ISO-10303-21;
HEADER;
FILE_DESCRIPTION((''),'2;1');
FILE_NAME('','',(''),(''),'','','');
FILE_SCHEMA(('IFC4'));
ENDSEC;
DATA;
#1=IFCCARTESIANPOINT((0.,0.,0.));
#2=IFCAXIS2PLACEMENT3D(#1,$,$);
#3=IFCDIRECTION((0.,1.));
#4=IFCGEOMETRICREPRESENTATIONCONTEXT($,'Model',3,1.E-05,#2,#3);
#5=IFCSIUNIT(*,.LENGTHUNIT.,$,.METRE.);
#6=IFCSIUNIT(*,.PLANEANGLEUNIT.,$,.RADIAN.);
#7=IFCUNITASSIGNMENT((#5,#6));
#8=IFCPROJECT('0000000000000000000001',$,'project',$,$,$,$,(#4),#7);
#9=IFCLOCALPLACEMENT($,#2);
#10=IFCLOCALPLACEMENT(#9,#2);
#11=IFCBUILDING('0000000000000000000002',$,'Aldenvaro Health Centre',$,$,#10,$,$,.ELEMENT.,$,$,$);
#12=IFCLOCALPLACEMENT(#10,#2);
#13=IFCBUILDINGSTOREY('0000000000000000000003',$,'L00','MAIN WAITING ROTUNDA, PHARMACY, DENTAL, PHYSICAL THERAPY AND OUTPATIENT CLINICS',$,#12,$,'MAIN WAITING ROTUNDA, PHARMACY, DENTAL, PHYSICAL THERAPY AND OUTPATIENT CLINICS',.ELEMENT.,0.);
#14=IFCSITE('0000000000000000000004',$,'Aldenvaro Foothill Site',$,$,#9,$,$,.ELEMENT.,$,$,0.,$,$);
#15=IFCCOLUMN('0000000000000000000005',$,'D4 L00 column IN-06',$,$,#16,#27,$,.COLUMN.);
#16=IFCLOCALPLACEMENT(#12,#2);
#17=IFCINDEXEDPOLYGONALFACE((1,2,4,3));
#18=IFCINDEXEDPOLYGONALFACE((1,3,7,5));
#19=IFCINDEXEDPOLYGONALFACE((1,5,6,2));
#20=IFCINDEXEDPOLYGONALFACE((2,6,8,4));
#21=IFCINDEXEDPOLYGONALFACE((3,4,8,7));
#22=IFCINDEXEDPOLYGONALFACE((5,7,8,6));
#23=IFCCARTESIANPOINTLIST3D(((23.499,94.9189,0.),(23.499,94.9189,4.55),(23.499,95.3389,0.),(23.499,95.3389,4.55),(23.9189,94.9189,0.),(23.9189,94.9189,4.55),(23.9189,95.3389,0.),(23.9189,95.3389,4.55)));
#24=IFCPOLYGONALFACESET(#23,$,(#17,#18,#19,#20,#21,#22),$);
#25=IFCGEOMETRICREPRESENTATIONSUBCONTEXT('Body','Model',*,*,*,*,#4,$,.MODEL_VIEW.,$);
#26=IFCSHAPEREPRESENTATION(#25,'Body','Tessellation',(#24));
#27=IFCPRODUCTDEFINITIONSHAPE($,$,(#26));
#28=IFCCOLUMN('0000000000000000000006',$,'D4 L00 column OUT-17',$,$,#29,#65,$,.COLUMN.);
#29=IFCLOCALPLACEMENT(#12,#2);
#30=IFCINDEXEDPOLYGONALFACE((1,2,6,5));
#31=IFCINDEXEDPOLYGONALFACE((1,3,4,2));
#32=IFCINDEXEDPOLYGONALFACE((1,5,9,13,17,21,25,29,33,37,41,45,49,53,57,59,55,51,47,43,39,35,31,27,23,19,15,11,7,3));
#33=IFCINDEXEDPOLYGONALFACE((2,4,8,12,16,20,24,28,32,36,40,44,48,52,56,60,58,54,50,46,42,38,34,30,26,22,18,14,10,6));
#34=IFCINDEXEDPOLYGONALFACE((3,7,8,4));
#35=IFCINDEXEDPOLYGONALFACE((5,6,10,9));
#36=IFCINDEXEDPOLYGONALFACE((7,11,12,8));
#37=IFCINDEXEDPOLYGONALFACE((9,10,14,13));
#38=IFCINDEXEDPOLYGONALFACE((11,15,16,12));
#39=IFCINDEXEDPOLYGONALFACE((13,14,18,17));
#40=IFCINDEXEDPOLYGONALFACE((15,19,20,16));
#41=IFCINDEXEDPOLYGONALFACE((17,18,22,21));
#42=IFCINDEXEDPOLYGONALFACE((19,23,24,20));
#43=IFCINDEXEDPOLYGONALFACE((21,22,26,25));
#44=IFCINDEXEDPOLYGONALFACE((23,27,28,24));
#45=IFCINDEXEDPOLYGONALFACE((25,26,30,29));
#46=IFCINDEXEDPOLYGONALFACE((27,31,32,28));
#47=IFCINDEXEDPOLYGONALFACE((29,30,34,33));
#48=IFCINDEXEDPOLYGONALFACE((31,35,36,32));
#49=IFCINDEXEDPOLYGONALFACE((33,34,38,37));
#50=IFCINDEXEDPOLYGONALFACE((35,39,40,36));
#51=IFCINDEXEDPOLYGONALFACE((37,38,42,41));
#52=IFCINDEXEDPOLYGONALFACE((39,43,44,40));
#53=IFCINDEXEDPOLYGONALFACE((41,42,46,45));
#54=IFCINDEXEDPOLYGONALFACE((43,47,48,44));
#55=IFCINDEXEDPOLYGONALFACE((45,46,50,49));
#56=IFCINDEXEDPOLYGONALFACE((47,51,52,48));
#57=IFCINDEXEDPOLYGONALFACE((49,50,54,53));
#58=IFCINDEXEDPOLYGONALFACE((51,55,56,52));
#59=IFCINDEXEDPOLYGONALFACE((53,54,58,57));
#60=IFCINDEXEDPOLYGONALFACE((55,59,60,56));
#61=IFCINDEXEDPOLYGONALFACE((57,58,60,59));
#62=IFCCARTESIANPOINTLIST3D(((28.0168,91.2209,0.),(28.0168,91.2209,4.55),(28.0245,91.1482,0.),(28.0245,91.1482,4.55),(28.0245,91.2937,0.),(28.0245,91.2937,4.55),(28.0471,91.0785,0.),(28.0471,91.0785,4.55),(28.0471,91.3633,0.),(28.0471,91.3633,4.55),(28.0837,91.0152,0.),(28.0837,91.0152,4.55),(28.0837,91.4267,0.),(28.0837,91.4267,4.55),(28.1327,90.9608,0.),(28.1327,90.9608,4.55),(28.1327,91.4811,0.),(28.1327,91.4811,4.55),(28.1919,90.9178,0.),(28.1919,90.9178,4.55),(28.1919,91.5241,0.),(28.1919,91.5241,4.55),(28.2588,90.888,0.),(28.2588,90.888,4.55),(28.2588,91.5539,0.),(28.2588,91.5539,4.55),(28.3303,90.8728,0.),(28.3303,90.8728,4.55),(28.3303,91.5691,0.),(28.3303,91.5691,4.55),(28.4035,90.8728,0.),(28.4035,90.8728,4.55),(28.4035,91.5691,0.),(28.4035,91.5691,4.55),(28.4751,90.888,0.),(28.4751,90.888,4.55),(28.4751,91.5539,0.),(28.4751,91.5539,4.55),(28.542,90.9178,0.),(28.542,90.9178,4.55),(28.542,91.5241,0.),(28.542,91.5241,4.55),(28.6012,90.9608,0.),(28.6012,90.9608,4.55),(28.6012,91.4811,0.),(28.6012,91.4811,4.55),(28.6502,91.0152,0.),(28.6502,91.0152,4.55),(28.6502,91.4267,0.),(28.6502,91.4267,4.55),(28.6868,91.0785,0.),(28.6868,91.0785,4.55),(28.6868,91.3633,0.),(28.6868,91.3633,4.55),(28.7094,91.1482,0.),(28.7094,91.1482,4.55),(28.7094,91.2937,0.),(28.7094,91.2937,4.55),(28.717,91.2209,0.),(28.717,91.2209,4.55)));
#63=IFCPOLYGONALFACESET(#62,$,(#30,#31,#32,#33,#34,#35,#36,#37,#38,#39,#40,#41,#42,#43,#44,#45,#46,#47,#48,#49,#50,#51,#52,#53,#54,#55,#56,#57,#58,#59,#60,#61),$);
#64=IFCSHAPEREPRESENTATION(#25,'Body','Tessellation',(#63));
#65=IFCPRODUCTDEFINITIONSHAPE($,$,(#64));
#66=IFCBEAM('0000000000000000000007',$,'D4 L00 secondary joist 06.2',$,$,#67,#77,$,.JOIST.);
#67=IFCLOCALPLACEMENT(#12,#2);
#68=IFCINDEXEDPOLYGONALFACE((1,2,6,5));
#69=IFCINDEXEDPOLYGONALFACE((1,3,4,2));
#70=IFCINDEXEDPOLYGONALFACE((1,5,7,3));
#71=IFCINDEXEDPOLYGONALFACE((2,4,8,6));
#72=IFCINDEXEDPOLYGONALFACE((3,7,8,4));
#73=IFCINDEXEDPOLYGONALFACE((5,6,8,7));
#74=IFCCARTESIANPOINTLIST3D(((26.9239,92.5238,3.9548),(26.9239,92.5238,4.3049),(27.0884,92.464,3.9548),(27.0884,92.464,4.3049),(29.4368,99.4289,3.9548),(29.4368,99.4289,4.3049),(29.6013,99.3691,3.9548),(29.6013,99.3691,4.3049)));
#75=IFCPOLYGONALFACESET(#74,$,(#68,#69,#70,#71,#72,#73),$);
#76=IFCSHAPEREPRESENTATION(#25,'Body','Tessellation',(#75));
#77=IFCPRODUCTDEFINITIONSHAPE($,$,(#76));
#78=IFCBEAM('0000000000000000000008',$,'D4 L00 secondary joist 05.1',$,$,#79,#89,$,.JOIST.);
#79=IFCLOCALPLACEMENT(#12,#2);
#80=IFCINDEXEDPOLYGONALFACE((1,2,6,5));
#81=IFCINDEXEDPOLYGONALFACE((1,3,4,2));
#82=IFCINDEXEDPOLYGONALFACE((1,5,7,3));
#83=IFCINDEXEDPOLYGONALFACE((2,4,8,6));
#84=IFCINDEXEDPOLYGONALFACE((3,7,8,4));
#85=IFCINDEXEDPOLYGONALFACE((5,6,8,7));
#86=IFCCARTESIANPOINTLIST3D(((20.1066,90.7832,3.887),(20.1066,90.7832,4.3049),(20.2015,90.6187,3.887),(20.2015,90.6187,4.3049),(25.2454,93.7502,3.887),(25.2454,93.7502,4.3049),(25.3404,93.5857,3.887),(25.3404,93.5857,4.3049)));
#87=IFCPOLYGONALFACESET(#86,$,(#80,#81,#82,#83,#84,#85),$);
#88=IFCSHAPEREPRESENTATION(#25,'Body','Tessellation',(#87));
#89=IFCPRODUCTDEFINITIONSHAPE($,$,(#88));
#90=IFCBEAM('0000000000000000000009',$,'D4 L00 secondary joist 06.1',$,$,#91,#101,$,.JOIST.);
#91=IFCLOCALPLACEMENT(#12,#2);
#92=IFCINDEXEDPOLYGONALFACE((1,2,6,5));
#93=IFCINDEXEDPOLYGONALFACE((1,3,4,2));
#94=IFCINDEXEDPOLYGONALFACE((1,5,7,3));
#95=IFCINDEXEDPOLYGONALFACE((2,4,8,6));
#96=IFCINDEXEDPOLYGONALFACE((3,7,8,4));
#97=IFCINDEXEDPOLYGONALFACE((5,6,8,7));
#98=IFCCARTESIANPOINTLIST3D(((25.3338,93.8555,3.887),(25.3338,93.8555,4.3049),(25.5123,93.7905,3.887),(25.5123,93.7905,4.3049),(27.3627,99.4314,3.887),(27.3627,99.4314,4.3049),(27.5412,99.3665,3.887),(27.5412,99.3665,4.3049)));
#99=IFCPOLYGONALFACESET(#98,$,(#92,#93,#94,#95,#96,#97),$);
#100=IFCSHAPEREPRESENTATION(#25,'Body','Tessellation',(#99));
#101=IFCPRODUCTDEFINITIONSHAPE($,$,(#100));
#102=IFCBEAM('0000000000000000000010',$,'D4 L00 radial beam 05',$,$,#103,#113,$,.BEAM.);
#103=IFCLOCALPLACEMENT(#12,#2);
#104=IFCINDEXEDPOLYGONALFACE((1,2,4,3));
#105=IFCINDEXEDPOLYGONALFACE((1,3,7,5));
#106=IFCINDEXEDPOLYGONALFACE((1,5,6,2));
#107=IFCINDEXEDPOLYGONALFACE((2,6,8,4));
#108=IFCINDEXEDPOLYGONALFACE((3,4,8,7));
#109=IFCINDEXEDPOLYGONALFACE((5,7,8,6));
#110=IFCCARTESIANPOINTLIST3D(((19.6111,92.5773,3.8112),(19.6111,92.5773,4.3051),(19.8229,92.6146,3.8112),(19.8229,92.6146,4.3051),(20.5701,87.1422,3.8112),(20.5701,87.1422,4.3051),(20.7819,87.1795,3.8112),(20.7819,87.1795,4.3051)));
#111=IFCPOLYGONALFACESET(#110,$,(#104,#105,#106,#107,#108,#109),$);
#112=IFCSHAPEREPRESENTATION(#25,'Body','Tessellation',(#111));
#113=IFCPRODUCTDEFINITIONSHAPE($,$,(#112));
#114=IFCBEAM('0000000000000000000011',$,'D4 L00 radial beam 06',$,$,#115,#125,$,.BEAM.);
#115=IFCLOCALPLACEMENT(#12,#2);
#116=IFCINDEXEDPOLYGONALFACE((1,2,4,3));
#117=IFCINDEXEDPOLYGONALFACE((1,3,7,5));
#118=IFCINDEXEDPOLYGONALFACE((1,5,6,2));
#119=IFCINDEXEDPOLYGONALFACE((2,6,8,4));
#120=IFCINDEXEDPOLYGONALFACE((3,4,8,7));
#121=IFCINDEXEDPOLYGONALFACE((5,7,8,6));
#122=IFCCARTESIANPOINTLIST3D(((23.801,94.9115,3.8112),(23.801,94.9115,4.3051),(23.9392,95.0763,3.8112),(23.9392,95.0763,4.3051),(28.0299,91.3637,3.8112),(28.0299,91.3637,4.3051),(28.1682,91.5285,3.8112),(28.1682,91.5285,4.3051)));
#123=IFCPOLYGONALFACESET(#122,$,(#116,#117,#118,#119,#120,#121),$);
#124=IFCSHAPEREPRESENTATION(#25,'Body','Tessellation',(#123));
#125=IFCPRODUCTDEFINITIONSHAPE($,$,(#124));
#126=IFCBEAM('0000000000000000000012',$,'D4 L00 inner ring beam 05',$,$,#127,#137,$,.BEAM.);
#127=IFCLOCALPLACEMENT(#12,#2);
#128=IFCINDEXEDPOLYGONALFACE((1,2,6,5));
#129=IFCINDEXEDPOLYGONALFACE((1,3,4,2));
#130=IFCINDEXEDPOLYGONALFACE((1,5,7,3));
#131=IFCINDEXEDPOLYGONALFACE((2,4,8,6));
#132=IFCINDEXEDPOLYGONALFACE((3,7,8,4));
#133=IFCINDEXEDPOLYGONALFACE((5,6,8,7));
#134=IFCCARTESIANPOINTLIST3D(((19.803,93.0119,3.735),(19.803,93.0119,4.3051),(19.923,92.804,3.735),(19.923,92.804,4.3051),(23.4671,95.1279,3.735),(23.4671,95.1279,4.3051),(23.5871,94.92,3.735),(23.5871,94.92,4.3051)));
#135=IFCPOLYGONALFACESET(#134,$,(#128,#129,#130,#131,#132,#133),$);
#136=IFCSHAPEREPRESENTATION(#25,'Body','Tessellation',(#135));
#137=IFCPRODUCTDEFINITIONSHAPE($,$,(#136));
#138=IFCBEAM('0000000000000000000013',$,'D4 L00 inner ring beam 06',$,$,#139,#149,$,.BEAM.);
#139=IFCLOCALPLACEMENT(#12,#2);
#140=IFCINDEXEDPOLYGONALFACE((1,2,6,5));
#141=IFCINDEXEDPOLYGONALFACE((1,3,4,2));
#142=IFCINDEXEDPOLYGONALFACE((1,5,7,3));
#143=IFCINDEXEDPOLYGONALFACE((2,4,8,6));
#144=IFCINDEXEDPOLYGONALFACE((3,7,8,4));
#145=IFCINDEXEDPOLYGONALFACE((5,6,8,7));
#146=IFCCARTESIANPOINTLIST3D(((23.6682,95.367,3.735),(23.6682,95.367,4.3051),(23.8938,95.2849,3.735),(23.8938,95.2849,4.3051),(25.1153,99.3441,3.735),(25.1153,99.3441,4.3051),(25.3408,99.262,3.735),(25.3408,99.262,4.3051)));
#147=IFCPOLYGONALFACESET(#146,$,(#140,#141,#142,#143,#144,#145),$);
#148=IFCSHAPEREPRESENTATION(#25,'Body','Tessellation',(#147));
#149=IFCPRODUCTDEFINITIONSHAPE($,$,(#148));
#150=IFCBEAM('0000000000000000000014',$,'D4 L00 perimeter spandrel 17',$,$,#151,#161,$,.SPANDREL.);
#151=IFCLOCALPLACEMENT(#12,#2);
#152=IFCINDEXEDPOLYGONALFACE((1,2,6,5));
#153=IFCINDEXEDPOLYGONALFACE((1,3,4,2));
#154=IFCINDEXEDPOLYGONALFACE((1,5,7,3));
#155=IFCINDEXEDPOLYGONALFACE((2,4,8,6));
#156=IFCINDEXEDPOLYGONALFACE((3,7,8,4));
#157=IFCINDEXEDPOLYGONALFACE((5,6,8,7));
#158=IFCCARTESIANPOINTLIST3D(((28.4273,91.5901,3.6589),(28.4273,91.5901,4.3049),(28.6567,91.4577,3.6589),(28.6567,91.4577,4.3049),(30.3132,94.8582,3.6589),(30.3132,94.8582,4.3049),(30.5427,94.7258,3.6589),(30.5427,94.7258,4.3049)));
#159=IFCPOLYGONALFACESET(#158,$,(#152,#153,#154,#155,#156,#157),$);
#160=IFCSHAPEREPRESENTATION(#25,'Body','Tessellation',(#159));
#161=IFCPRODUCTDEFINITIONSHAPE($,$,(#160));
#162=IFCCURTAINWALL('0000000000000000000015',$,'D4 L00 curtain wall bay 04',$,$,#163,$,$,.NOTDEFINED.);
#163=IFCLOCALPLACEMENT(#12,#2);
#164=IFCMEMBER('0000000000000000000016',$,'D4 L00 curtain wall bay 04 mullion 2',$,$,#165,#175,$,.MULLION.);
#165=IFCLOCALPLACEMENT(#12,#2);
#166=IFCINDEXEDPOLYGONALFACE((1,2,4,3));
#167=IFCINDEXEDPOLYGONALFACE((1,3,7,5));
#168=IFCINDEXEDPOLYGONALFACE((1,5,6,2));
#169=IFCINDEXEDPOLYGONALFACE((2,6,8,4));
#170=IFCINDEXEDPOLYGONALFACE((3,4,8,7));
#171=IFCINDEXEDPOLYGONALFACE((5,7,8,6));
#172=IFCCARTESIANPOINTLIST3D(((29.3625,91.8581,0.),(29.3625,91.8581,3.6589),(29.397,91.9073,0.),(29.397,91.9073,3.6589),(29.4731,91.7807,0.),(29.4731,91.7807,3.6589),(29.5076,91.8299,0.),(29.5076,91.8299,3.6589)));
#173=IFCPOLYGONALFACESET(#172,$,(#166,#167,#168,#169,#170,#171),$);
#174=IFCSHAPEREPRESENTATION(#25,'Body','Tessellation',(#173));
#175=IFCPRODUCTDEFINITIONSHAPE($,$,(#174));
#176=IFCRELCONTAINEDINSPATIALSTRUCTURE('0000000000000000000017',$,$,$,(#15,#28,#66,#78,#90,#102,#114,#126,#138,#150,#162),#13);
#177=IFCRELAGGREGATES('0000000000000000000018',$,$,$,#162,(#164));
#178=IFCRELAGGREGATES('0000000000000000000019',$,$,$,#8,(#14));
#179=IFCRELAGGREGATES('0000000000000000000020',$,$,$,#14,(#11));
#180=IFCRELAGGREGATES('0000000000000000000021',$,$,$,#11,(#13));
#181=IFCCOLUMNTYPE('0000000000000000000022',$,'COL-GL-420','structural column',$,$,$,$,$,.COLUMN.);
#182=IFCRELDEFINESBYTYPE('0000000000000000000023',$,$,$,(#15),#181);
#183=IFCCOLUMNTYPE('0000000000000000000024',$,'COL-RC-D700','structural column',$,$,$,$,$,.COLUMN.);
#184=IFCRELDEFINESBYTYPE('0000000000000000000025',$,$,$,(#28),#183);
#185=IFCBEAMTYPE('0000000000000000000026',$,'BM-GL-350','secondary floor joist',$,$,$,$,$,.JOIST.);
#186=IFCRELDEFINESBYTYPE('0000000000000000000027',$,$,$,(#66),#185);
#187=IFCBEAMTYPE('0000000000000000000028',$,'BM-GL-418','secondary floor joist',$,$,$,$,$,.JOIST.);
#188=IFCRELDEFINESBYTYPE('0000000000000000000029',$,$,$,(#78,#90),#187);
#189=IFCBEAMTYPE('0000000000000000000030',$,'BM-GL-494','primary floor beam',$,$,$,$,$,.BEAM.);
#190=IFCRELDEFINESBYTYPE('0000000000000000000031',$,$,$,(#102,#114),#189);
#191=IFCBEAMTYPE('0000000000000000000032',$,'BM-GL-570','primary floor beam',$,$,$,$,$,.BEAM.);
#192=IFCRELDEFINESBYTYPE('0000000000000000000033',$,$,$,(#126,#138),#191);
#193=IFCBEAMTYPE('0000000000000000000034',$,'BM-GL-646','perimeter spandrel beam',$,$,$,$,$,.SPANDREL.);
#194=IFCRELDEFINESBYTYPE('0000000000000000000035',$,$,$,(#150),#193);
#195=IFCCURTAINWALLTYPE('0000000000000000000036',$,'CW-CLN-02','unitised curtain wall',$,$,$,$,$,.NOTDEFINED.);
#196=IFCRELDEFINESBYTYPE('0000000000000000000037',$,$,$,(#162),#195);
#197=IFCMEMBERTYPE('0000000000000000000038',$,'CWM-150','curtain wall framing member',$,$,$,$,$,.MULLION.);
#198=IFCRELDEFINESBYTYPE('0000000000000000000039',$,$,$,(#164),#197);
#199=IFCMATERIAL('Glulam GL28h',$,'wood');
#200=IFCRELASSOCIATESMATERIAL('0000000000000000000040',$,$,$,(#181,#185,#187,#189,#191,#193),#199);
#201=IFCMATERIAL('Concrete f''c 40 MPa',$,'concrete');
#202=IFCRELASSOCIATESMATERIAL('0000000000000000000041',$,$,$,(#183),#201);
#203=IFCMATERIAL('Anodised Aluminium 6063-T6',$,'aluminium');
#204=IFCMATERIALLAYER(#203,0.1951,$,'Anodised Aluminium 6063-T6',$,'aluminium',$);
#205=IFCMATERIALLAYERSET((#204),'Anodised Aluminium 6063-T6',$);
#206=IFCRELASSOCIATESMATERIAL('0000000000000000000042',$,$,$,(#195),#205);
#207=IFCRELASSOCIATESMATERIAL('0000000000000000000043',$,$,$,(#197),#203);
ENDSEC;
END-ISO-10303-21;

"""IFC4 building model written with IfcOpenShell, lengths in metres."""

from ifc_helpers import new_model, si_unit, direction, frame, origin, origin_2d, place, context, subcontext, project, spatial, rectangle, circle, extrude, material, layer, layer_set, material_profile, profile_set, type_object, element, aggregate, save


model = new_model("IFC4")

# Units and contexts
model_context = context("Model", 3, precision=1e-05, world=origin(), true_north=direction((0.0, 1.0)))
body_context = subcontext(model_context, "Body", "Model", "MODEL_VIEW")
ifc_project = project(units=[si_unit("LENGTHUNIT", "METRE"), si_unit("PLANEANGLEUNIT", "RADIAN")], contexts=[model_context])

# Site, building, storey
site_placement = place(None, origin())
site = spatial("IfcSite", under=ifc_project, at=site_placement, Name="Aldenvaro Foothill Site", CompositionType="ELEMENT", RefElevation=0.0)
building_placement = place(site_placement, origin())
building = spatial("IfcBuilding", under=site, at=building_placement, Name="Aldenvaro Health Centre", CompositionType="ELEMENT")
storey_placement = place(building_placement, origin())
storey = spatial("IfcBuildingStorey", under=building, at=storey_placement, Name="L00", Description="MAIN WAITING ROTUNDA, PHARMACY, DENTAL, PHYSICAL THERAPY AND OUTPATIENT CLINICS", LongName="MAIN WAITING ROTUNDA, PHARMACY, DENTAL, PHYSICAL THERAPY AND OUTPATIENT CLINICS", CompositionType="ELEMENT", Elevation=0.0)

# Columns
ifc_material_1 = material(Name="Glulam GL28h", Category="wood")
ifc_material_profile_1 = material_profile(ifc_material_1, rectangle(XDim=0.4199, YDim=0.4199, at=origin_2d()), Name="GL 420x420", Category="wood")
ifc_profile_set_1 = profile_set([ifc_material_profile_1], Name="Glulam GL28h")
column_type_1 = type_object("IfcColumnType", Name="COL-GL-420", Description="structural column", PredefinedType="COLUMN", material=ifc_profile_set_1)
column_1_placement = place(storey_placement, frame((23.709, 95.1289, 0.0), z_axis=(0.0, 0.0, 1.0), x_axis=(1.0, 0.0, 0.0)))
element("IfcColumn", 1, at=column_1_placement, inside=storey, type_object=column_type_1, Name="D4 L00 column IN-06", PredefinedType="COLUMN", context=body_context, shape_type="SweptSolid", body=[
    extrude(rectangle(XDim=0.4199, YDim=0.4199, at=origin_2d()), origin(), (0.0, 0.0, 1.0), 4.55),
])
ifc_material_2 = material(Name="Concrete f'c 40 MPa", Category="concrete")
ifc_material_profile_2 = material_profile(ifc_material_2, circle(Radius=0.3501, at=origin_2d()), Name="RC D700", Category="concrete")
ifc_profile_set_2 = profile_set([ifc_material_profile_2], Name="Concrete f'c 40 MPa")
column_type_2 = type_object("IfcColumnType", Name="COL-RC-D700", Description="structural column", PredefinedType="COLUMN", material=ifc_profile_set_2)
column_2_placement = place(storey_placement, frame((28.3669, 91.2209, 0.0), z_axis=(0.0, 0.0, 1.0), x_axis=(1.0, 0.0, 0.0)))
element("IfcColumn", 2, at=column_2_placement, inside=storey, type_object=column_type_2, Name="D4 L00 column OUT-17", PredefinedType="COLUMN", context=body_context, shape_type="SweptSolid", body=[
    extrude(circle(Radius=0.3501, at=origin_2d()), origin(), (0.0, 0.0, 1.0), 4.55),
])

# Beams
ifc_material_profile_3 = material_profile(ifc_material_1, rectangle(XDim=0.175, YDim=0.3501, at=origin_2d()), Name="GL 175x350", Category="wood")
ifc_profile_set_3 = profile_set([ifc_material_profile_3], Name="Glulam GL28h")
beam_type_1 = type_object("IfcBeamType", Name="BM-GL-350", Description="secondary floor joist", PredefinedType="JOIST", material=ifc_profile_set_3)
beam_1_placement = place(storey_placement, frame((27.0061, 92.4939, 4.1299), z_axis=(0.341986, 0.939705, 0.0), x_axis=(-0.939705, 0.341986, 0.0)))
element("IfcBeam", 3, at=beam_1_placement, inside=storey, type_object=beam_type_1, Name="D4 L00 secondary joist 06.2", PredefinedType="JOIST", context=body_context, shape_type="SweptSolid", body=[
    extrude(rectangle(XDim=0.175, YDim=0.3501, at=origin_2d()), origin(), (0.0, 0.0, 1.0), 7.3481),
])
ifc_material_profile_4 = material_profile(ifc_material_1, rectangle(XDim=0.1899, YDim=0.418, at=origin_2d()), Name="GL 190x418", Category="wood")
ifc_profile_set_4 = profile_set([ifc_material_profile_4], Name="Glulam GL28h")
beam_type_2 = type_object("IfcBeamType", Name="BM-GL-418", Description="secondary floor joist", PredefinedType="JOIST", material=ifc_profile_set_4)
beam_2_placement = place(storey_placement, frame((20.1541, 90.7009, 4.0959), z_axis=(0.866019, 0.500011, 0.0), x_axis=(-0.500011, 0.866019, 0.0)))
element("IfcBeam", 4, at=beam_2_placement, inside=storey, type_object=beam_type_2, Name="D4 L00 secondary joist 05.1", PredefinedType="JOIST", context=body_context, shape_type="SweptSolid", body=[
    extrude(rectangle(XDim=0.1899, YDim=0.418, at=origin_2d()), origin(), (0.0, 0.0, 1.0), 5.9338),
])
beam_3_placement = place(storey_placement, frame((25.4231, 93.823, 4.0959), z_axis=(0.341921, 0.939729, 0.0), x_axis=(-0.939729, 0.341921, 0.0)))
element("IfcBeam", 5, at=beam_3_placement, inside=storey, type_object=beam_type_2, Name="D4 L00 secondary joist 06.1", PredefinedType="JOIST", context=body_context, shape_type="SweptSolid", body=[
    extrude(rectangle(XDim=0.1899, YDim=0.418, at=origin_2d()), origin(), (0.0, 0.0, 1.0), 5.9336),
])
ifc_material_profile_5 = material_profile(ifc_material_1, rectangle(XDim=0.2151, YDim=0.4939, at=origin_2d()), Name="GL 215x494", Category="wood")
ifc_profile_set_5 = profile_set([ifc_material_profile_5], Name="Glulam GL28h")
beam_type_3 = type_object("IfcBeamType", Name="BM-GL-494", Description="primary floor beam", PredefinedType="BEAM", material=ifc_profile_set_5)
beam_4_placement = place(storey_placement, frame((19.717, 92.5959, 4.0581), z_axis=(0.17376, -0.984788, 0.0), x_axis=(0.984788, 0.17376, 0.0)))
element("IfcBeam", 6, at=beam_4_placement, inside=storey, type_object=beam_type_3, Name="D4 L00 radial beam 05", PredefinedType="BEAM", context=body_context, shape_type="SweptSolid", body=[
    extrude(rectangle(XDim=0.2151, YDim=0.4939, at=origin_2d()), origin(), (0.0, 0.0, 1.0), 5.519),
])
beam_5_placement = place(storey_placement, frame((23.8701, 94.9939, 4.0581), z_axis=(0.766107, -0.642713, 0.0), x_axis=(0.642713, 0.766107, 0.0)))
element("IfcBeam", 7, at=beam_5_placement, inside=storey, type_object=beam_type_3, Name="D4 L00 radial beam 06", PredefinedType="BEAM", context=body_context, shape_type="SweptSolid", body=[
    extrude(rectangle(XDim=0.2151, YDim=0.4939, at=origin_2d()), origin(), (0.0, 0.0, 1.0), 5.52),
])
ifc_material_profile_6 = material_profile(ifc_material_1, rectangle(XDim=0.24, YDim=0.5701, at=origin_2d()), Name="GL 240x570", Category="wood")
ifc_profile_set_6 = profile_set([ifc_material_profile_6], Name="Glulam GL28h")
beam_type_4 = type_object("IfcBeamType", Name="BM-GL-570", Description="primary floor beam", PredefinedType="BEAM", material=ifc_profile_set_6)
beam_6_placement = place(storey_placement, frame((19.863, 92.908, 4.02), z_axis=(0.865972, 0.500092, 0.0), x_axis=(-0.500092, 0.865972, 0.0)))
element("IfcBeam", 8, at=beam_6_placement, inside=storey, type_object=beam_type_4, Name="D4 L00 inner ring beam 05", PredefinedType="BEAM", context=body_context, shape_type="SweptSolid", body=[
    extrude(rectangle(XDim=0.24, YDim=0.5701, at=origin_2d()), origin(), (0.0, 0.0, 1.0), 4.2312),
])
beam_7_placement = place(storey_placement, frame((23.781, 95.3259, 4.02), z_axis=(0.341914, 0.939731, 0.0), x_axis=(-0.939731, 0.341914, 0.0)))
element("IfcBeam", 9, at=beam_7_placement, inside=storey, type_object=beam_type_4, Name="D4 L00 inner ring beam 06", PredefinedType="BEAM", context=body_context, shape_type="SweptSolid", body=[
    extrude(rectangle(XDim=0.24, YDim=0.5701, at=origin_2d()), origin(), (0.0, 0.0, 1.0), 4.2322),
])
ifc_material_profile_7 = material_profile(ifc_material_1, rectangle(XDim=0.2649, YDim=0.646, at=origin_2d()), Name="GL 265x646", Category="wood")
ifc_profile_set_7 = profile_set([ifc_material_profile_7], Name="Glulam GL28h")
beam_type_5 = type_object("IfcBeamType", Name="BM-GL-646", Description="perimeter spandrel beam", PredefinedType="SPANDREL", material=ifc_profile_set_7)
beam_8_placement = place(storey_placement, frame((28.542, 91.5239, 3.9819), z_axis=(0.499834, 0.866121, 0.0), x_axis=(-0.866121, 0.499834, 0.0)))
element("IfcBeam", 10, at=beam_8_placement, inside=storey, type_object=beam_type_5, Name="D4 L00 perimeter spandrel 17", PredefinedType="SPANDREL", context=body_context, shape_type="SweptSolid", body=[
    extrude(rectangle(XDim=0.2649, YDim=0.646, at=origin_2d()), origin(), (0.0, 0.0, 1.0), 3.7732),
])

# Curtain wall, member
ifc_material_3 = material(Name="Anodised Aluminium 6063-T6", Category="aluminium")
ifc_layer_1 = layer(ifc_material_3, 0.1951, Name="Anodised Aluminium 6063-T6", Category="aluminium")
ifc_layer_set_1 = layer_set([ifc_layer_1], Name="Anodised Aluminium 6063-T6")
curtain_wall_type = type_object("IfcCurtainWallType", Name="CW-CLN-02", Description="unitised curtain wall", PredefinedType="NOTDEFINED", material=ifc_layer_set_1)
curtain_wall_placement = place(storey_placement, origin())
curtain_wall = element("IfcCurtainWall", 11, at=curtain_wall_placement, inside=storey, type_object=curtain_wall_type, Name="D4 L00 curtain wall bay 04", PredefinedType="NOTDEFINED")
ifc_material_profile_8 = material_profile(ifc_material_3, rectangle(XDim=0.0601, YDim=0.135, at=origin_2d()), Name="ALU 60x135", Category="aluminium")
ifc_profile_set_8 = profile_set([ifc_material_profile_8], Name="Anodised Aluminium 6063-T6")
member_type_1 = type_object("IfcMemberType", Name="CWM-150", Description="curtain wall framing member", PredefinedType="MULLION", material=ifc_profile_set_8)
member_1_placement = place(storey_placement, frame((29.4351, 91.844, 0.0), z_axis=(0.0, 0.0, 1.0), x_axis=(-0.573721, -0.819051, 0.0)))
member_1 = element("IfcMember", 12, at=member_1_placement, type_object=member_type_1, Name="D4 L00 curtain wall bay 04 mullion 2", PredefinedType="MULLION", context=body_context, shape_type="SweptSolid", body=[
    extrude(rectangle(XDim=0.0601, YDim=0.135, at=origin_2d()), origin(), (0.0, 0.0, 1.0), 3.6589),
])

aggregate(curtain_wall, [member_1])

save(model, "model.ifc")
